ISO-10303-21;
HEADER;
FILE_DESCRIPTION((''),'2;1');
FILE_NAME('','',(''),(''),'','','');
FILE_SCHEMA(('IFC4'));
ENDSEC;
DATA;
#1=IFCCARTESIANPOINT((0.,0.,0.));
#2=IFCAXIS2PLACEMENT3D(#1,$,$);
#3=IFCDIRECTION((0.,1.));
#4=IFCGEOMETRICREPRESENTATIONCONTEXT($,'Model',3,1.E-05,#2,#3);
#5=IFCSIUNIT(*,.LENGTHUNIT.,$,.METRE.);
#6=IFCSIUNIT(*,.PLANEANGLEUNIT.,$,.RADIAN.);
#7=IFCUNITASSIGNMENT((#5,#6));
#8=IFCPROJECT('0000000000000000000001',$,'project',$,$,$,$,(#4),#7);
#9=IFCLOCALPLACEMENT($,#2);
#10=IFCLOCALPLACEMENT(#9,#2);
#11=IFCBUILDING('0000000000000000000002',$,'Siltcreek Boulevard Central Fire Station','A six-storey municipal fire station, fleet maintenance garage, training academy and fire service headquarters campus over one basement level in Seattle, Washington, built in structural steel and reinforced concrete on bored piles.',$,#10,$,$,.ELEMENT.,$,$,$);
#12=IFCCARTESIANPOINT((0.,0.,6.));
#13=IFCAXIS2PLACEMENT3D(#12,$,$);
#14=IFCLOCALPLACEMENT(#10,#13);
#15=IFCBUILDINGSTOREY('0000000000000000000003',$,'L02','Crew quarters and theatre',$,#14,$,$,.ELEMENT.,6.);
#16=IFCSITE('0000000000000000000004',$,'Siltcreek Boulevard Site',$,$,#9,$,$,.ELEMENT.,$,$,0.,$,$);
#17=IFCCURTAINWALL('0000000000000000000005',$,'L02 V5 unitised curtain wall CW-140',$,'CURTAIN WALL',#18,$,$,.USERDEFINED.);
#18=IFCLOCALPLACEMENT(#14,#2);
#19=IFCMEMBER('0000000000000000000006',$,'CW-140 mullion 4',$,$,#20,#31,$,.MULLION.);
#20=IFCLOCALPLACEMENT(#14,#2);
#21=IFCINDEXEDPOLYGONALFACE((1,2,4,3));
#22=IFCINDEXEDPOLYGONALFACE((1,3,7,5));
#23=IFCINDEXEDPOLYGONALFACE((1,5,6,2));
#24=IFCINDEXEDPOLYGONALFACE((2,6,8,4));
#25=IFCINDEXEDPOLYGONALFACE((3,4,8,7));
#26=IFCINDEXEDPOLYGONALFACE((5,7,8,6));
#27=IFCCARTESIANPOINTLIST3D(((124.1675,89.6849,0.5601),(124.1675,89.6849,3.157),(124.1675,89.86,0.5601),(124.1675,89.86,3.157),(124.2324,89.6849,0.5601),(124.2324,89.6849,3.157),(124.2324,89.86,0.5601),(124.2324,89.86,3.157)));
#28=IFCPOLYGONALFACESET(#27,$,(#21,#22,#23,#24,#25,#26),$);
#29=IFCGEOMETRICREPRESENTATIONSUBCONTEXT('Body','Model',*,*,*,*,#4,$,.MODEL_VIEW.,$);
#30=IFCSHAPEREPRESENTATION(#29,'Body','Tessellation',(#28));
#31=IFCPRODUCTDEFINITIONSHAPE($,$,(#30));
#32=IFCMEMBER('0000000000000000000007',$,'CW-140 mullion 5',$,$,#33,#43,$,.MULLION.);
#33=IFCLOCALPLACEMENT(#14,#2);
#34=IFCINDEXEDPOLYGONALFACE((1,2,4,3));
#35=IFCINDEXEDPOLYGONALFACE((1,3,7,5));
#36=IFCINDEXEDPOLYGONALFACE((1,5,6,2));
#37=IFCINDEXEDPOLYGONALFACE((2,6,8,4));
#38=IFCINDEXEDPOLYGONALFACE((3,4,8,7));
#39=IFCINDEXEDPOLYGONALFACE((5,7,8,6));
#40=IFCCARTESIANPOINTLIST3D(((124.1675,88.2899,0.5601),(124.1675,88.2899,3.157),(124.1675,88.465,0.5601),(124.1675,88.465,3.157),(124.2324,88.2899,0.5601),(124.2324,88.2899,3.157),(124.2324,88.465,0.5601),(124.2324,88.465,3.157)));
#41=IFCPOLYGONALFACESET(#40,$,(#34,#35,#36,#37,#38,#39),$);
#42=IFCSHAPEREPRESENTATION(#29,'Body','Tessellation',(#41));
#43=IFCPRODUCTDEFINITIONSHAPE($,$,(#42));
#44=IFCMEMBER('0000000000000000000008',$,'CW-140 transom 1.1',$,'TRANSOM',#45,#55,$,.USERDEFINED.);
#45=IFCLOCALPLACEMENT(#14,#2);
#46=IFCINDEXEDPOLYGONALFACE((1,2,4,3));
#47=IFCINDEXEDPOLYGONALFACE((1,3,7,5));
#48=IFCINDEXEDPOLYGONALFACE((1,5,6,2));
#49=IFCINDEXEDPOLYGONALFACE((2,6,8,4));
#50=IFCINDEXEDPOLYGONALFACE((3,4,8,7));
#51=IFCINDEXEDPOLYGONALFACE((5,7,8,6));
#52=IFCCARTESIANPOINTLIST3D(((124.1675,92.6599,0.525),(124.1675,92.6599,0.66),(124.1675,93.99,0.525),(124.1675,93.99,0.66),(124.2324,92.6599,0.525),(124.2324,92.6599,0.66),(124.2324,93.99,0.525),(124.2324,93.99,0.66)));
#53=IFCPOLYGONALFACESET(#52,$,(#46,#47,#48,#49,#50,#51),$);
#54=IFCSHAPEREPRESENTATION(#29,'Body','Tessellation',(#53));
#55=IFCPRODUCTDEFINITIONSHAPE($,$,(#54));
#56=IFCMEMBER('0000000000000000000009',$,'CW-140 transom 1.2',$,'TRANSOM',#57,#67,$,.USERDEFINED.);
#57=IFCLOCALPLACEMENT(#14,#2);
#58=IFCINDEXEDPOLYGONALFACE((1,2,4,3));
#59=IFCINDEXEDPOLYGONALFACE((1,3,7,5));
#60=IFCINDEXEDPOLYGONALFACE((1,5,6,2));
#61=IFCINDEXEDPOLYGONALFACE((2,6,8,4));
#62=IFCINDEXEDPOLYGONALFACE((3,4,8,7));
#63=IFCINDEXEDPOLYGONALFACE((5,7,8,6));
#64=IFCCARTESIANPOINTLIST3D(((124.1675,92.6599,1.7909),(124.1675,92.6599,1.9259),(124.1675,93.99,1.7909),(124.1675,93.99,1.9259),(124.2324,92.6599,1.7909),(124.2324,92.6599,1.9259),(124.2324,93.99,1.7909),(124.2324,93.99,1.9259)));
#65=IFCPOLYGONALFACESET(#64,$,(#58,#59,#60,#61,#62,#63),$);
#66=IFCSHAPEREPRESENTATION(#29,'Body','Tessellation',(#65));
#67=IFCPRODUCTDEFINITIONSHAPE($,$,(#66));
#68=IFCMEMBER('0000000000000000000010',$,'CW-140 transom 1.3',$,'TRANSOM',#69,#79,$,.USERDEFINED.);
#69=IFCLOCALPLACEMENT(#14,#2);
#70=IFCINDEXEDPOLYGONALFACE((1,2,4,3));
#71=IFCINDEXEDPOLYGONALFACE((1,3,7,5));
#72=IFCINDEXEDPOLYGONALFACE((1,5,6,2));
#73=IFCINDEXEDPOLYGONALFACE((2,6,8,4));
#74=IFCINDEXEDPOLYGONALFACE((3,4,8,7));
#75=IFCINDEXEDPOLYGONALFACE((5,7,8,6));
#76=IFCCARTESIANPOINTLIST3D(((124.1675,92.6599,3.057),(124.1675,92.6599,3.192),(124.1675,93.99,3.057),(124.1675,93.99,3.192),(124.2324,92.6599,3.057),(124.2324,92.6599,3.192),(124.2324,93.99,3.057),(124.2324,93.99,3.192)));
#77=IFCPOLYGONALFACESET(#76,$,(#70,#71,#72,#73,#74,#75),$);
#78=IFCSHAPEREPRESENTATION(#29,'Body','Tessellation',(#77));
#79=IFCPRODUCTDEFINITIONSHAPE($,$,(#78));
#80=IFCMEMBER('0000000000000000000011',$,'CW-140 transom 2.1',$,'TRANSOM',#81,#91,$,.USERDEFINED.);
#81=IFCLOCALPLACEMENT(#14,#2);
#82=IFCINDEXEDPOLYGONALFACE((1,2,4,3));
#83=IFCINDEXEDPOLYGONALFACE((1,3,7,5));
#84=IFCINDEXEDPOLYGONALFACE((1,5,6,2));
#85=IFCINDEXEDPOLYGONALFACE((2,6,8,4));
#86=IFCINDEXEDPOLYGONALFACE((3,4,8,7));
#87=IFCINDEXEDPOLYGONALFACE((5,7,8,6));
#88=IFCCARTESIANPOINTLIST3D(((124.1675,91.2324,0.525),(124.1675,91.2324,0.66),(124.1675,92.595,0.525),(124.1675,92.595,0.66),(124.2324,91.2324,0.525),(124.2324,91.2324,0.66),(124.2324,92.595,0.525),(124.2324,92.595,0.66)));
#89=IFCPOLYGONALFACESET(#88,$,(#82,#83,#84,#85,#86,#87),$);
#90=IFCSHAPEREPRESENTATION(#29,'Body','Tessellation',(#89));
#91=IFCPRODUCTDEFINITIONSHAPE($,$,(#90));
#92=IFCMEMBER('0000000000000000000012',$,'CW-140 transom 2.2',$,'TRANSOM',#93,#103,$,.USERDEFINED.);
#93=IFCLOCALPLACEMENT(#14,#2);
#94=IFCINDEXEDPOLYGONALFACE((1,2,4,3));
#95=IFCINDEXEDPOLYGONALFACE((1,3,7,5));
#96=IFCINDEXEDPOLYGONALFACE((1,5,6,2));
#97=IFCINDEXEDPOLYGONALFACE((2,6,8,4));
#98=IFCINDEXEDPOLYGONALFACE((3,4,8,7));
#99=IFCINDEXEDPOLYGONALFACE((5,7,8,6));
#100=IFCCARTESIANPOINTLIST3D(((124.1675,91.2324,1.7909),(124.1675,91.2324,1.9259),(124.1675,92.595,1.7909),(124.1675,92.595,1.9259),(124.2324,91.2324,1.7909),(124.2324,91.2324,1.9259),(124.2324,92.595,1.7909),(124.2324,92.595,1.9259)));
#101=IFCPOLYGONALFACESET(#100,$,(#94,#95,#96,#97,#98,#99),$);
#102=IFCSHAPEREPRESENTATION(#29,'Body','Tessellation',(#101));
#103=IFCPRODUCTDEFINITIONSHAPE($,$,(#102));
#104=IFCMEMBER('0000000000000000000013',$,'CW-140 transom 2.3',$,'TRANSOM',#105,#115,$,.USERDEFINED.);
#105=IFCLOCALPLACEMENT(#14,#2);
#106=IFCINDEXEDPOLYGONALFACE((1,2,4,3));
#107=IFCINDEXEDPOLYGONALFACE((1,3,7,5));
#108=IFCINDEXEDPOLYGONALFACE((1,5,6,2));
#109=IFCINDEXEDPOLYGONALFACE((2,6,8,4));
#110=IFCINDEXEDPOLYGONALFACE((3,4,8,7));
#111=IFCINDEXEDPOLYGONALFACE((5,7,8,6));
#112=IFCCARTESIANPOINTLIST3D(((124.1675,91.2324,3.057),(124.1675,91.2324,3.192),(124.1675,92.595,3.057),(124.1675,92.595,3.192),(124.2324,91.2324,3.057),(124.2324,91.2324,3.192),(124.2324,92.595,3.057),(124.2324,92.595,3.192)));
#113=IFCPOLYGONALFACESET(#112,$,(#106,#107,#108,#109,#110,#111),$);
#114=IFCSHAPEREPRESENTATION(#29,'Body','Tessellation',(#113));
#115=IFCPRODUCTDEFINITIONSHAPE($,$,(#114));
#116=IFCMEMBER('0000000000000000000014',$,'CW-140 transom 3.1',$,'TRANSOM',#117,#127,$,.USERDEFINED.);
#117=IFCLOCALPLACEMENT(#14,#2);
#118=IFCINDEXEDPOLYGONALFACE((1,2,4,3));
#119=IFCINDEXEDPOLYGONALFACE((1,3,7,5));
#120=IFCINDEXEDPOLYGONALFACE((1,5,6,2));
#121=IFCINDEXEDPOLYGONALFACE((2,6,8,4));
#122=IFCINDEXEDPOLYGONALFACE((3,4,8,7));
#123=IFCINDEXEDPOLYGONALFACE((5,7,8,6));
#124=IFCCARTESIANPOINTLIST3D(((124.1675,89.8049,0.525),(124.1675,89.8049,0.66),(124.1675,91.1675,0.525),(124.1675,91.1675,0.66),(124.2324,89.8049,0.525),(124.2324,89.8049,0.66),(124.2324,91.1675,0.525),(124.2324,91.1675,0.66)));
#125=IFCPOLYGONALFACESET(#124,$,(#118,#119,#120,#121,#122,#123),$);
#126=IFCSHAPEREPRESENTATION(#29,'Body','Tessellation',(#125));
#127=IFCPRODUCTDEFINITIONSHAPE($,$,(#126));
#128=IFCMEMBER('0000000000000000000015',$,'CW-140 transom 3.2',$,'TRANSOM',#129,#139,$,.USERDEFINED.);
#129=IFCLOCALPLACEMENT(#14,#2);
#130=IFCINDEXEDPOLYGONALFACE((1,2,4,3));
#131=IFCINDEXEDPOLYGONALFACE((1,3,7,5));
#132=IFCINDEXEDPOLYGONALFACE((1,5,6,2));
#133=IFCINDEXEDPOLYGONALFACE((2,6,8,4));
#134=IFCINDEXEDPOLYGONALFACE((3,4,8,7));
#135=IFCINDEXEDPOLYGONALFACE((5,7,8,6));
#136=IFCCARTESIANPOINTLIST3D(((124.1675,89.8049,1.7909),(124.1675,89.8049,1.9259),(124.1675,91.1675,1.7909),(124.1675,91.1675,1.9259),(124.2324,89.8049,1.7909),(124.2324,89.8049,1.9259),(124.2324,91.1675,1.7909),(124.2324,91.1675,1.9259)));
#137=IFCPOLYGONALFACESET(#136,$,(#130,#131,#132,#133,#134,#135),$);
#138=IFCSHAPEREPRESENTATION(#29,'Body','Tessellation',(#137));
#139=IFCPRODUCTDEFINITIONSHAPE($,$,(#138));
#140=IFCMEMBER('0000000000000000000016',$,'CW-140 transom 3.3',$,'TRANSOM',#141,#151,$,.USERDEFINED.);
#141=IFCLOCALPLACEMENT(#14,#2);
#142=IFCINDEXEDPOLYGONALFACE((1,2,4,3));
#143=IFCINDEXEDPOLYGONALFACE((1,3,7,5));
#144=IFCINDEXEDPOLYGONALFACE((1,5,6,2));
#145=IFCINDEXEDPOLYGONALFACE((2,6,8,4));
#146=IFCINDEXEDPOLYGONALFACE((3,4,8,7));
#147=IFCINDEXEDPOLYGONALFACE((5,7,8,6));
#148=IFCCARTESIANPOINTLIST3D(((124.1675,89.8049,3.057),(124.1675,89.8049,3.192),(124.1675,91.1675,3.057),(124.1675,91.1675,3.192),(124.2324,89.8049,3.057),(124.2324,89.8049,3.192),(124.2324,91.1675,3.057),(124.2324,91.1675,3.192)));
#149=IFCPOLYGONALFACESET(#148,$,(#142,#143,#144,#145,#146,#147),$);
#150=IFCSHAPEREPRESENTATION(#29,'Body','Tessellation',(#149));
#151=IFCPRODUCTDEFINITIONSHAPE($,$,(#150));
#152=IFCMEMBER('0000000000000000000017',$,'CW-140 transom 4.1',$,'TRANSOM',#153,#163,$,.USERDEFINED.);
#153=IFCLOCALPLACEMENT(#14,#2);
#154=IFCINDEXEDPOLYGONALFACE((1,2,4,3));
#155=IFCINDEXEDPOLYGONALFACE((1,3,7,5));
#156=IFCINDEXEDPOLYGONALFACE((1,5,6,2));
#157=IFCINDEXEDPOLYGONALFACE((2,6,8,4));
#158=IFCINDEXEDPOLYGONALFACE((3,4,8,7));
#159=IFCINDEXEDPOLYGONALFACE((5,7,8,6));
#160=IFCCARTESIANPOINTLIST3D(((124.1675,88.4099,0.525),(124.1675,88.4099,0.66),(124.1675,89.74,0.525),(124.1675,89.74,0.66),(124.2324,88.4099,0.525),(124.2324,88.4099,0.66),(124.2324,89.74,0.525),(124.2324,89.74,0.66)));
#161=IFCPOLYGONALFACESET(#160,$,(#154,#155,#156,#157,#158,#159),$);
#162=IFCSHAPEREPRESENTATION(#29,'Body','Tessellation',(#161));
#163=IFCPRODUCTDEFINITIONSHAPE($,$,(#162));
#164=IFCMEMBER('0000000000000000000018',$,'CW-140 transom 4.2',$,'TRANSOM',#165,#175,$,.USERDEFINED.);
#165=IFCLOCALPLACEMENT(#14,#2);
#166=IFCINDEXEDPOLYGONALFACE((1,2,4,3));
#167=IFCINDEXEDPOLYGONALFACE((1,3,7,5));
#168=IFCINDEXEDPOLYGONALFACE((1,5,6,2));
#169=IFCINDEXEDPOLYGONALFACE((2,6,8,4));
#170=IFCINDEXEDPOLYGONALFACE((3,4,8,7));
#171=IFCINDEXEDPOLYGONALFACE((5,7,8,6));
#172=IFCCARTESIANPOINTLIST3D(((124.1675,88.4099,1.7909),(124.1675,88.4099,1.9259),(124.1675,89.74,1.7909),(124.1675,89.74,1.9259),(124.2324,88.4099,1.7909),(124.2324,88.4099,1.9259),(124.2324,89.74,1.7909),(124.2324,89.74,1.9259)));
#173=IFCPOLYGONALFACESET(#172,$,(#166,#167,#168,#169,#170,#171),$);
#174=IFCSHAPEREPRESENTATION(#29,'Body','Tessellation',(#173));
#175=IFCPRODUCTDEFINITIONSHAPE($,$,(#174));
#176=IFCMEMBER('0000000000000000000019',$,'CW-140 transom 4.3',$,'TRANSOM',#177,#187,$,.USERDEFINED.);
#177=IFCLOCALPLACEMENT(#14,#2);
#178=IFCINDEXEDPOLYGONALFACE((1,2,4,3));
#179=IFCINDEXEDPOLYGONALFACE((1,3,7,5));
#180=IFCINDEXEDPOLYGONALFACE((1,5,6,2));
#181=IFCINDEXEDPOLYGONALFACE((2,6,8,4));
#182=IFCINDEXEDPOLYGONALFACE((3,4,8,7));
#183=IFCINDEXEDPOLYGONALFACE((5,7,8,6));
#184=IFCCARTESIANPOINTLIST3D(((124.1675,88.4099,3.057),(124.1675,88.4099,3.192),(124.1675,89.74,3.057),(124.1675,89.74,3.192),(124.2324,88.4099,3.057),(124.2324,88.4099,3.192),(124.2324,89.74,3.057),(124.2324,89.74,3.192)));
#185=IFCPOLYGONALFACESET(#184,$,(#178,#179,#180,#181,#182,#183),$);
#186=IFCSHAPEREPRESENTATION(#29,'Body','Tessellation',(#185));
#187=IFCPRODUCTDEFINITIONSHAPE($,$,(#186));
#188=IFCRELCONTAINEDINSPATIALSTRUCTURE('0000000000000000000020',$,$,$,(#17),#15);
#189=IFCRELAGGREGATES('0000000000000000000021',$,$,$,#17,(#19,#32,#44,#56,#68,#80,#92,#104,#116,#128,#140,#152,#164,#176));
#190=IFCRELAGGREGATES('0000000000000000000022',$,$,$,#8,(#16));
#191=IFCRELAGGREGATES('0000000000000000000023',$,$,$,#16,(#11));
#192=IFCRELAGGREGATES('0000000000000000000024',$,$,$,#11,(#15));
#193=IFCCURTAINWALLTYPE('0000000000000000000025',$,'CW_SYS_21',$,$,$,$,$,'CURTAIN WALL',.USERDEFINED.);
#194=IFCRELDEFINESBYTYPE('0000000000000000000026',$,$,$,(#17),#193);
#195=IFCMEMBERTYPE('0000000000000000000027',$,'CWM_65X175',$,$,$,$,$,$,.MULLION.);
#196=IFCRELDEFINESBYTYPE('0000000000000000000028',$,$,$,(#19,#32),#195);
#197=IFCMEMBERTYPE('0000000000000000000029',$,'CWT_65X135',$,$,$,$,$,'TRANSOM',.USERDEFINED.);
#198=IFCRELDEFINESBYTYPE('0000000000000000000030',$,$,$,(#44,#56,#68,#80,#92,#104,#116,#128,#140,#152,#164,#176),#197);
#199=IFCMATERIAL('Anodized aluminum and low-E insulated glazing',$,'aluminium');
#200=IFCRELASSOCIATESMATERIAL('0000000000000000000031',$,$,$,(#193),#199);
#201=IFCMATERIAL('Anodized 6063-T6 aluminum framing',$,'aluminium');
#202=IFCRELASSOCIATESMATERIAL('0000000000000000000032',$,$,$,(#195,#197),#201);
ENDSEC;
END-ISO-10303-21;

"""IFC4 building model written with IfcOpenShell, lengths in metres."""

from ifc_helpers import new_model, si_unit, direction, frame, origin, origin_2d, place, context, subcontext, project, spatial, rectangle, extrude, material, material_profile, profile_set, type_object, element, aggregate, save


model = new_model("IFC4")

# Units and contexts
model_context = context("Model", 3, precision=1e-05, world=origin(), true_north=direction((0.0, 1.0)))
body_context = subcontext(model_context, "Body", "Model", "MODEL_VIEW")
ifc_project = project(units=[si_unit("LENGTHUNIT", "METRE"), si_unit("PLANEANGLEUNIT", "RADIAN")], contexts=[model_context])

# Site, building, storey
site_placement = place(None, origin())
site = spatial("IfcSite", under=ifc_project, at=site_placement, Name="Siltcreek Boulevard Site", CompositionType="ELEMENT", RefElevation=0.0)
building_placement = place(site_placement, origin())
building = spatial("IfcBuilding", under=site, at=building_placement, Name="Siltcreek Boulevard Central Fire Station", Description="A six-storey municipal fire station, fleet maintenance garage, training academy and fire service headquarters campus over one basement level in Seattle, Washington, built in structural steel and reinforced concrete on bored piles.", CompositionType="ELEMENT")
storey_placement = place(building_placement, frame((0.0, 0.0, 6.0)))
storey = spatial("IfcBuildingStorey", under=building, at=storey_placement, Name="L02", Description="Crew quarters and theatre", CompositionType="ELEMENT", Elevation=6.0)

# Curtain wall, members
ifc_material_1 = material(Name="Anodized aluminum and low-E insulated glazing", Category="aluminium")
curtain_wall_type = type_object("IfcCurtainWallType", Name="CW_SYS_21", ElementType="CURTAIN WALL", PredefinedType="USERDEFINED", material=ifc_material_1)
curtain_wall_placement = place(storey_placement, origin())
curtain_wall = element("IfcCurtainWall", 1, at=curtain_wall_placement, inside=storey, type_object=curtain_wall_type, Name="L02 V5 unitised curtain wall CW-140", ObjectType="CURTAIN WALL", PredefinedType="USERDEFINED")
ifc_material_2 = material(Name="Anodized 6063-T6 aluminum framing", Category="aluminium")
ifc_material_profile_1 = material_profile(ifc_material_2, rectangle(XDim=0.0649, YDim=0.175, at=origin_2d()), Name="MULL65X175")
ifc_profile_set_1 = profile_set([ifc_material_profile_1], Name="Anodized 6063-T6 aluminum framing")
member_type_1 = type_object("IfcMemberType", Name="CWM_65X175", PredefinedType="MULLION", material=ifc_profile_set_1)
member_1_placement = place(storey_placement, frame((124.2, 89.7725, 0.5601), z_axis=(0.0, 0.0, 1.0), x_axis=(1.0, 0.0, 0.0)))
member_1 = element("IfcMember", 2, at=member_1_placement, type_object=member_type_1, Name="CW-140 mullion 4", PredefinedType="MULLION", context=body_context, shape_type="SweptSolid", body=[
    extrude(rectangle(XDim=0.0649, YDim=0.175, at=origin_2d()), origin(), (0.0, 0.0, 1.0), 2.5969),
])
member_2_placement = place(storey_placement, frame((124.2, 88.3774, 0.5601), z_axis=(0.0, 0.0, 1.0), x_axis=(1.0, 0.0, 0.0)))
member_2 = element("IfcMember", 3, at=member_2_placement, type_object=member_type_1, Name="CW-140 mullion 5", PredefinedType="MULLION", context=body_context, shape_type="SweptSolid", body=[
    extrude(rectangle(XDim=0.0649, YDim=0.175, at=origin_2d()), origin(), (0.0, 0.0, 1.0), 2.5969),
])
ifc_material_profile_2 = material_profile(ifc_material_2, rectangle(XDim=0.0649, YDim=0.135, at=origin_2d()), Name="TRAN65X135")
ifc_profile_set_2 = profile_set([ifc_material_profile_2], Name="Anodized 6063-T6 aluminum framing")
member_type_2 = type_object("IfcMemberType", Name="CWT_65X135", ElementType="TRANSOM", PredefinedType="USERDEFINED", material=ifc_profile_set_2)
member_3_placement = place(storey_placement, frame((124.2, 93.99, 0.5925), z_axis=(0.0, -1.0, 0.0), x_axis=(1.0, 0.0, 0.0)))
member_3 = element("IfcMember", 4, at=member_3_placement, type_object=member_type_2, Name="CW-140 transom 1.1", ObjectType="TRANSOM", PredefinedType="USERDEFINED", context=body_context, shape_type="SweptSolid", body=[
    extrude(rectangle(XDim=0.0649, YDim=0.135, at=origin_2d()), origin(), (0.0, 0.0, 1.0), 1.3301),
])
member_4_placement = place(storey_placement, frame((124.2, 93.99, 1.8584), z_axis=(0.0, -1.0, 0.0), x_axis=(1.0, 0.0, 0.0)))
member_4 = element("IfcMember", 5, at=member_4_placement, type_object=member_type_2, Name="CW-140 transom 1.2", ObjectType="TRANSOM", PredefinedType="USERDEFINED", context=body_context, shape_type="SweptSolid", body=[
    extrude(rectangle(XDim=0.0649, YDim=0.135, at=origin_2d()), origin(), (0.0, 0.0, 1.0), 1.3301),
])
member_5_placement = place(storey_placement, frame((124.2, 93.99, 3.1245), z_axis=(0.0, -1.0, 0.0), x_axis=(1.0, 0.0, 0.0)))
member_5 = element("IfcMember", 6, at=member_5_placement, type_object=member_type_2, Name="CW-140 transom 1.3", ObjectType="TRANSOM", PredefinedType="USERDEFINED", context=body_context, shape_type="SweptSolid", body=[
    extrude(rectangle(XDim=0.0649, YDim=0.135, at=origin_2d()), origin(), (0.0, 0.0, 1.0), 1.3301),
])
member_6_placement = place(storey_placement, frame((124.2, 92.595, 0.5925), z_axis=(0.0, -1.0, 0.0), x_axis=(1.0, 0.0, 0.0)))
member_6 = element("IfcMember", 7, at=member_6_placement, type_object=member_type_2, Name="CW-140 transom 2.1", ObjectType="TRANSOM", PredefinedType="USERDEFINED", context=body_context, shape_type="SweptSolid", body=[
    extrude(rectangle(XDim=0.0649, YDim=0.135, at=origin_2d()), origin(), (0.0, 0.0, 1.0), 1.3625),
])
member_7_placement = place(storey_placement, frame((124.2, 92.595, 1.8584), z_axis=(0.0, -1.0, 0.0), x_axis=(1.0, 0.0, 0.0)))
member_7 = element("IfcMember", 8, at=member_7_placement, type_object=member_type_2, Name="CW-140 transom 2.2", ObjectType="TRANSOM", PredefinedType="USERDEFINED", context=body_context, shape_type="SweptSolid", body=[
    extrude(rectangle(XDim=0.0649, YDim=0.135, at=origin_2d()), origin(), (0.0, 0.0, 1.0), 1.3625),
])
member_8_placement = place(storey_placement, frame((124.2, 92.595, 3.1245), z_axis=(0.0, -1.0, 0.0), x_axis=(1.0, 0.0, 0.0)))
member_8 = element("IfcMember", 9, at=member_8_placement, type_object=member_type_2, Name="CW-140 transom 2.3", ObjectType="TRANSOM", PredefinedType="USERDEFINED", context=body_context, shape_type="SweptSolid", body=[
    extrude(rectangle(XDim=0.0649, YDim=0.135, at=origin_2d()), origin(), (0.0, 0.0, 1.0), 1.3625),
])
member_9_placement = place(storey_placement, frame((124.2, 91.1675, 0.5925), z_axis=(0.0, -1.0, 0.0), x_axis=(1.0, 0.0, 0.0)))
member_9 = element("IfcMember", 10, at=member_9_placement, type_object=member_type_2, Name="CW-140 transom 3.1", ObjectType="TRANSOM", PredefinedType="USERDEFINED", context=body_context, shape_type="SweptSolid", body=[
    extrude(rectangle(XDim=0.0649, YDim=0.135, at=origin_2d()), origin(), (0.0, 0.0, 1.0), 1.3625),
])
member_10_placement = place(storey_placement, frame((124.2, 91.1675, 1.8584), z_axis=(0.0, -1.0, 0.0), x_axis=(1.0, 0.0, 0.0)))
member_10 = element("IfcMember", 11, at=member_10_placement, type_object=member_type_2, Name="CW-140 transom 3.2", ObjectType="TRANSOM", PredefinedType="USERDEFINED", context=body_context, shape_type="SweptSolid", body=[
    extrude(rectangle(XDim=0.0649, YDim=0.135, at=origin_2d()), origin(), (0.0, 0.0, 1.0), 1.3625),
])
member_11_placement = place(storey_placement, frame((124.2, 91.1675, 3.1245), z_axis=(0.0, -1.0, 0.0), x_axis=(1.0, 0.0, 0.0)))
member_11 = element("IfcMember", 12, at=member_11_placement, type_object=member_type_2, Name="CW-140 transom 3.3", ObjectType="TRANSOM", PredefinedType="USERDEFINED", context=body_context, shape_type="SweptSolid", body=[
    extrude(rectangle(XDim=0.0649, YDim=0.135, at=origin_2d()), origin(), (0.0, 0.0, 1.0), 1.3625),
])
member_12_placement = place(storey_placement, frame((124.2, 89.74, 0.5925), z_axis=(0.0, -1.0, 0.0), x_axis=(1.0, 0.0, 0.0)))
member_12 = element("IfcMember", 13, at=member_12_placement, type_object=member_type_2, Name="CW-140 transom 4.1", ObjectType="TRANSOM", PredefinedType="USERDEFINED", context=body_context, shape_type="SweptSolid", body=[
    extrude(rectangle(XDim=0.0649, YDim=0.135, at=origin_2d()), origin(), (0.0, 0.0, 1.0), 1.3301),
])
member_13_placement = place(storey_placement, frame((124.2, 89.74, 1.8584), z_axis=(0.0, -1.0, 0.0), x_axis=(1.0, 0.0, 0.0)))
member_13 = element("IfcMember", 14, at=member_13_placement, type_object=member_type_2, Name="CW-140 transom 4.2", ObjectType="TRANSOM", PredefinedType="USERDEFINED", context=body_context, shape_type="SweptSolid", body=[
    extrude(rectangle(XDim=0.0649, YDim=0.135, at=origin_2d()), origin(), (0.0, 0.0, 1.0), 1.3301),
])
member_14_placement = place(storey_placement, frame((124.2, 89.74, 3.1245), z_axis=(0.0, -1.0, 0.0), x_axis=(1.0, 0.0, 0.0)))
member_14 = element("IfcMember", 15, at=member_14_placement, type_object=member_type_2, Name="CW-140 transom 4.3", ObjectType="TRANSOM", PredefinedType="USERDEFINED", context=body_context, shape_type="SweptSolid", body=[
    extrude(rectangle(XDim=0.0649, YDim=0.135, at=origin_2d()), origin(), (0.0, 0.0, 1.0), 1.3301),
])

aggregate(curtain_wall, [member_1, member_2, member_3, member_4, member_5, member_6, member_7, member_8, member_9, member_10, member_11, member_12, member_13, member_14])

save(model, "model.ifc")
